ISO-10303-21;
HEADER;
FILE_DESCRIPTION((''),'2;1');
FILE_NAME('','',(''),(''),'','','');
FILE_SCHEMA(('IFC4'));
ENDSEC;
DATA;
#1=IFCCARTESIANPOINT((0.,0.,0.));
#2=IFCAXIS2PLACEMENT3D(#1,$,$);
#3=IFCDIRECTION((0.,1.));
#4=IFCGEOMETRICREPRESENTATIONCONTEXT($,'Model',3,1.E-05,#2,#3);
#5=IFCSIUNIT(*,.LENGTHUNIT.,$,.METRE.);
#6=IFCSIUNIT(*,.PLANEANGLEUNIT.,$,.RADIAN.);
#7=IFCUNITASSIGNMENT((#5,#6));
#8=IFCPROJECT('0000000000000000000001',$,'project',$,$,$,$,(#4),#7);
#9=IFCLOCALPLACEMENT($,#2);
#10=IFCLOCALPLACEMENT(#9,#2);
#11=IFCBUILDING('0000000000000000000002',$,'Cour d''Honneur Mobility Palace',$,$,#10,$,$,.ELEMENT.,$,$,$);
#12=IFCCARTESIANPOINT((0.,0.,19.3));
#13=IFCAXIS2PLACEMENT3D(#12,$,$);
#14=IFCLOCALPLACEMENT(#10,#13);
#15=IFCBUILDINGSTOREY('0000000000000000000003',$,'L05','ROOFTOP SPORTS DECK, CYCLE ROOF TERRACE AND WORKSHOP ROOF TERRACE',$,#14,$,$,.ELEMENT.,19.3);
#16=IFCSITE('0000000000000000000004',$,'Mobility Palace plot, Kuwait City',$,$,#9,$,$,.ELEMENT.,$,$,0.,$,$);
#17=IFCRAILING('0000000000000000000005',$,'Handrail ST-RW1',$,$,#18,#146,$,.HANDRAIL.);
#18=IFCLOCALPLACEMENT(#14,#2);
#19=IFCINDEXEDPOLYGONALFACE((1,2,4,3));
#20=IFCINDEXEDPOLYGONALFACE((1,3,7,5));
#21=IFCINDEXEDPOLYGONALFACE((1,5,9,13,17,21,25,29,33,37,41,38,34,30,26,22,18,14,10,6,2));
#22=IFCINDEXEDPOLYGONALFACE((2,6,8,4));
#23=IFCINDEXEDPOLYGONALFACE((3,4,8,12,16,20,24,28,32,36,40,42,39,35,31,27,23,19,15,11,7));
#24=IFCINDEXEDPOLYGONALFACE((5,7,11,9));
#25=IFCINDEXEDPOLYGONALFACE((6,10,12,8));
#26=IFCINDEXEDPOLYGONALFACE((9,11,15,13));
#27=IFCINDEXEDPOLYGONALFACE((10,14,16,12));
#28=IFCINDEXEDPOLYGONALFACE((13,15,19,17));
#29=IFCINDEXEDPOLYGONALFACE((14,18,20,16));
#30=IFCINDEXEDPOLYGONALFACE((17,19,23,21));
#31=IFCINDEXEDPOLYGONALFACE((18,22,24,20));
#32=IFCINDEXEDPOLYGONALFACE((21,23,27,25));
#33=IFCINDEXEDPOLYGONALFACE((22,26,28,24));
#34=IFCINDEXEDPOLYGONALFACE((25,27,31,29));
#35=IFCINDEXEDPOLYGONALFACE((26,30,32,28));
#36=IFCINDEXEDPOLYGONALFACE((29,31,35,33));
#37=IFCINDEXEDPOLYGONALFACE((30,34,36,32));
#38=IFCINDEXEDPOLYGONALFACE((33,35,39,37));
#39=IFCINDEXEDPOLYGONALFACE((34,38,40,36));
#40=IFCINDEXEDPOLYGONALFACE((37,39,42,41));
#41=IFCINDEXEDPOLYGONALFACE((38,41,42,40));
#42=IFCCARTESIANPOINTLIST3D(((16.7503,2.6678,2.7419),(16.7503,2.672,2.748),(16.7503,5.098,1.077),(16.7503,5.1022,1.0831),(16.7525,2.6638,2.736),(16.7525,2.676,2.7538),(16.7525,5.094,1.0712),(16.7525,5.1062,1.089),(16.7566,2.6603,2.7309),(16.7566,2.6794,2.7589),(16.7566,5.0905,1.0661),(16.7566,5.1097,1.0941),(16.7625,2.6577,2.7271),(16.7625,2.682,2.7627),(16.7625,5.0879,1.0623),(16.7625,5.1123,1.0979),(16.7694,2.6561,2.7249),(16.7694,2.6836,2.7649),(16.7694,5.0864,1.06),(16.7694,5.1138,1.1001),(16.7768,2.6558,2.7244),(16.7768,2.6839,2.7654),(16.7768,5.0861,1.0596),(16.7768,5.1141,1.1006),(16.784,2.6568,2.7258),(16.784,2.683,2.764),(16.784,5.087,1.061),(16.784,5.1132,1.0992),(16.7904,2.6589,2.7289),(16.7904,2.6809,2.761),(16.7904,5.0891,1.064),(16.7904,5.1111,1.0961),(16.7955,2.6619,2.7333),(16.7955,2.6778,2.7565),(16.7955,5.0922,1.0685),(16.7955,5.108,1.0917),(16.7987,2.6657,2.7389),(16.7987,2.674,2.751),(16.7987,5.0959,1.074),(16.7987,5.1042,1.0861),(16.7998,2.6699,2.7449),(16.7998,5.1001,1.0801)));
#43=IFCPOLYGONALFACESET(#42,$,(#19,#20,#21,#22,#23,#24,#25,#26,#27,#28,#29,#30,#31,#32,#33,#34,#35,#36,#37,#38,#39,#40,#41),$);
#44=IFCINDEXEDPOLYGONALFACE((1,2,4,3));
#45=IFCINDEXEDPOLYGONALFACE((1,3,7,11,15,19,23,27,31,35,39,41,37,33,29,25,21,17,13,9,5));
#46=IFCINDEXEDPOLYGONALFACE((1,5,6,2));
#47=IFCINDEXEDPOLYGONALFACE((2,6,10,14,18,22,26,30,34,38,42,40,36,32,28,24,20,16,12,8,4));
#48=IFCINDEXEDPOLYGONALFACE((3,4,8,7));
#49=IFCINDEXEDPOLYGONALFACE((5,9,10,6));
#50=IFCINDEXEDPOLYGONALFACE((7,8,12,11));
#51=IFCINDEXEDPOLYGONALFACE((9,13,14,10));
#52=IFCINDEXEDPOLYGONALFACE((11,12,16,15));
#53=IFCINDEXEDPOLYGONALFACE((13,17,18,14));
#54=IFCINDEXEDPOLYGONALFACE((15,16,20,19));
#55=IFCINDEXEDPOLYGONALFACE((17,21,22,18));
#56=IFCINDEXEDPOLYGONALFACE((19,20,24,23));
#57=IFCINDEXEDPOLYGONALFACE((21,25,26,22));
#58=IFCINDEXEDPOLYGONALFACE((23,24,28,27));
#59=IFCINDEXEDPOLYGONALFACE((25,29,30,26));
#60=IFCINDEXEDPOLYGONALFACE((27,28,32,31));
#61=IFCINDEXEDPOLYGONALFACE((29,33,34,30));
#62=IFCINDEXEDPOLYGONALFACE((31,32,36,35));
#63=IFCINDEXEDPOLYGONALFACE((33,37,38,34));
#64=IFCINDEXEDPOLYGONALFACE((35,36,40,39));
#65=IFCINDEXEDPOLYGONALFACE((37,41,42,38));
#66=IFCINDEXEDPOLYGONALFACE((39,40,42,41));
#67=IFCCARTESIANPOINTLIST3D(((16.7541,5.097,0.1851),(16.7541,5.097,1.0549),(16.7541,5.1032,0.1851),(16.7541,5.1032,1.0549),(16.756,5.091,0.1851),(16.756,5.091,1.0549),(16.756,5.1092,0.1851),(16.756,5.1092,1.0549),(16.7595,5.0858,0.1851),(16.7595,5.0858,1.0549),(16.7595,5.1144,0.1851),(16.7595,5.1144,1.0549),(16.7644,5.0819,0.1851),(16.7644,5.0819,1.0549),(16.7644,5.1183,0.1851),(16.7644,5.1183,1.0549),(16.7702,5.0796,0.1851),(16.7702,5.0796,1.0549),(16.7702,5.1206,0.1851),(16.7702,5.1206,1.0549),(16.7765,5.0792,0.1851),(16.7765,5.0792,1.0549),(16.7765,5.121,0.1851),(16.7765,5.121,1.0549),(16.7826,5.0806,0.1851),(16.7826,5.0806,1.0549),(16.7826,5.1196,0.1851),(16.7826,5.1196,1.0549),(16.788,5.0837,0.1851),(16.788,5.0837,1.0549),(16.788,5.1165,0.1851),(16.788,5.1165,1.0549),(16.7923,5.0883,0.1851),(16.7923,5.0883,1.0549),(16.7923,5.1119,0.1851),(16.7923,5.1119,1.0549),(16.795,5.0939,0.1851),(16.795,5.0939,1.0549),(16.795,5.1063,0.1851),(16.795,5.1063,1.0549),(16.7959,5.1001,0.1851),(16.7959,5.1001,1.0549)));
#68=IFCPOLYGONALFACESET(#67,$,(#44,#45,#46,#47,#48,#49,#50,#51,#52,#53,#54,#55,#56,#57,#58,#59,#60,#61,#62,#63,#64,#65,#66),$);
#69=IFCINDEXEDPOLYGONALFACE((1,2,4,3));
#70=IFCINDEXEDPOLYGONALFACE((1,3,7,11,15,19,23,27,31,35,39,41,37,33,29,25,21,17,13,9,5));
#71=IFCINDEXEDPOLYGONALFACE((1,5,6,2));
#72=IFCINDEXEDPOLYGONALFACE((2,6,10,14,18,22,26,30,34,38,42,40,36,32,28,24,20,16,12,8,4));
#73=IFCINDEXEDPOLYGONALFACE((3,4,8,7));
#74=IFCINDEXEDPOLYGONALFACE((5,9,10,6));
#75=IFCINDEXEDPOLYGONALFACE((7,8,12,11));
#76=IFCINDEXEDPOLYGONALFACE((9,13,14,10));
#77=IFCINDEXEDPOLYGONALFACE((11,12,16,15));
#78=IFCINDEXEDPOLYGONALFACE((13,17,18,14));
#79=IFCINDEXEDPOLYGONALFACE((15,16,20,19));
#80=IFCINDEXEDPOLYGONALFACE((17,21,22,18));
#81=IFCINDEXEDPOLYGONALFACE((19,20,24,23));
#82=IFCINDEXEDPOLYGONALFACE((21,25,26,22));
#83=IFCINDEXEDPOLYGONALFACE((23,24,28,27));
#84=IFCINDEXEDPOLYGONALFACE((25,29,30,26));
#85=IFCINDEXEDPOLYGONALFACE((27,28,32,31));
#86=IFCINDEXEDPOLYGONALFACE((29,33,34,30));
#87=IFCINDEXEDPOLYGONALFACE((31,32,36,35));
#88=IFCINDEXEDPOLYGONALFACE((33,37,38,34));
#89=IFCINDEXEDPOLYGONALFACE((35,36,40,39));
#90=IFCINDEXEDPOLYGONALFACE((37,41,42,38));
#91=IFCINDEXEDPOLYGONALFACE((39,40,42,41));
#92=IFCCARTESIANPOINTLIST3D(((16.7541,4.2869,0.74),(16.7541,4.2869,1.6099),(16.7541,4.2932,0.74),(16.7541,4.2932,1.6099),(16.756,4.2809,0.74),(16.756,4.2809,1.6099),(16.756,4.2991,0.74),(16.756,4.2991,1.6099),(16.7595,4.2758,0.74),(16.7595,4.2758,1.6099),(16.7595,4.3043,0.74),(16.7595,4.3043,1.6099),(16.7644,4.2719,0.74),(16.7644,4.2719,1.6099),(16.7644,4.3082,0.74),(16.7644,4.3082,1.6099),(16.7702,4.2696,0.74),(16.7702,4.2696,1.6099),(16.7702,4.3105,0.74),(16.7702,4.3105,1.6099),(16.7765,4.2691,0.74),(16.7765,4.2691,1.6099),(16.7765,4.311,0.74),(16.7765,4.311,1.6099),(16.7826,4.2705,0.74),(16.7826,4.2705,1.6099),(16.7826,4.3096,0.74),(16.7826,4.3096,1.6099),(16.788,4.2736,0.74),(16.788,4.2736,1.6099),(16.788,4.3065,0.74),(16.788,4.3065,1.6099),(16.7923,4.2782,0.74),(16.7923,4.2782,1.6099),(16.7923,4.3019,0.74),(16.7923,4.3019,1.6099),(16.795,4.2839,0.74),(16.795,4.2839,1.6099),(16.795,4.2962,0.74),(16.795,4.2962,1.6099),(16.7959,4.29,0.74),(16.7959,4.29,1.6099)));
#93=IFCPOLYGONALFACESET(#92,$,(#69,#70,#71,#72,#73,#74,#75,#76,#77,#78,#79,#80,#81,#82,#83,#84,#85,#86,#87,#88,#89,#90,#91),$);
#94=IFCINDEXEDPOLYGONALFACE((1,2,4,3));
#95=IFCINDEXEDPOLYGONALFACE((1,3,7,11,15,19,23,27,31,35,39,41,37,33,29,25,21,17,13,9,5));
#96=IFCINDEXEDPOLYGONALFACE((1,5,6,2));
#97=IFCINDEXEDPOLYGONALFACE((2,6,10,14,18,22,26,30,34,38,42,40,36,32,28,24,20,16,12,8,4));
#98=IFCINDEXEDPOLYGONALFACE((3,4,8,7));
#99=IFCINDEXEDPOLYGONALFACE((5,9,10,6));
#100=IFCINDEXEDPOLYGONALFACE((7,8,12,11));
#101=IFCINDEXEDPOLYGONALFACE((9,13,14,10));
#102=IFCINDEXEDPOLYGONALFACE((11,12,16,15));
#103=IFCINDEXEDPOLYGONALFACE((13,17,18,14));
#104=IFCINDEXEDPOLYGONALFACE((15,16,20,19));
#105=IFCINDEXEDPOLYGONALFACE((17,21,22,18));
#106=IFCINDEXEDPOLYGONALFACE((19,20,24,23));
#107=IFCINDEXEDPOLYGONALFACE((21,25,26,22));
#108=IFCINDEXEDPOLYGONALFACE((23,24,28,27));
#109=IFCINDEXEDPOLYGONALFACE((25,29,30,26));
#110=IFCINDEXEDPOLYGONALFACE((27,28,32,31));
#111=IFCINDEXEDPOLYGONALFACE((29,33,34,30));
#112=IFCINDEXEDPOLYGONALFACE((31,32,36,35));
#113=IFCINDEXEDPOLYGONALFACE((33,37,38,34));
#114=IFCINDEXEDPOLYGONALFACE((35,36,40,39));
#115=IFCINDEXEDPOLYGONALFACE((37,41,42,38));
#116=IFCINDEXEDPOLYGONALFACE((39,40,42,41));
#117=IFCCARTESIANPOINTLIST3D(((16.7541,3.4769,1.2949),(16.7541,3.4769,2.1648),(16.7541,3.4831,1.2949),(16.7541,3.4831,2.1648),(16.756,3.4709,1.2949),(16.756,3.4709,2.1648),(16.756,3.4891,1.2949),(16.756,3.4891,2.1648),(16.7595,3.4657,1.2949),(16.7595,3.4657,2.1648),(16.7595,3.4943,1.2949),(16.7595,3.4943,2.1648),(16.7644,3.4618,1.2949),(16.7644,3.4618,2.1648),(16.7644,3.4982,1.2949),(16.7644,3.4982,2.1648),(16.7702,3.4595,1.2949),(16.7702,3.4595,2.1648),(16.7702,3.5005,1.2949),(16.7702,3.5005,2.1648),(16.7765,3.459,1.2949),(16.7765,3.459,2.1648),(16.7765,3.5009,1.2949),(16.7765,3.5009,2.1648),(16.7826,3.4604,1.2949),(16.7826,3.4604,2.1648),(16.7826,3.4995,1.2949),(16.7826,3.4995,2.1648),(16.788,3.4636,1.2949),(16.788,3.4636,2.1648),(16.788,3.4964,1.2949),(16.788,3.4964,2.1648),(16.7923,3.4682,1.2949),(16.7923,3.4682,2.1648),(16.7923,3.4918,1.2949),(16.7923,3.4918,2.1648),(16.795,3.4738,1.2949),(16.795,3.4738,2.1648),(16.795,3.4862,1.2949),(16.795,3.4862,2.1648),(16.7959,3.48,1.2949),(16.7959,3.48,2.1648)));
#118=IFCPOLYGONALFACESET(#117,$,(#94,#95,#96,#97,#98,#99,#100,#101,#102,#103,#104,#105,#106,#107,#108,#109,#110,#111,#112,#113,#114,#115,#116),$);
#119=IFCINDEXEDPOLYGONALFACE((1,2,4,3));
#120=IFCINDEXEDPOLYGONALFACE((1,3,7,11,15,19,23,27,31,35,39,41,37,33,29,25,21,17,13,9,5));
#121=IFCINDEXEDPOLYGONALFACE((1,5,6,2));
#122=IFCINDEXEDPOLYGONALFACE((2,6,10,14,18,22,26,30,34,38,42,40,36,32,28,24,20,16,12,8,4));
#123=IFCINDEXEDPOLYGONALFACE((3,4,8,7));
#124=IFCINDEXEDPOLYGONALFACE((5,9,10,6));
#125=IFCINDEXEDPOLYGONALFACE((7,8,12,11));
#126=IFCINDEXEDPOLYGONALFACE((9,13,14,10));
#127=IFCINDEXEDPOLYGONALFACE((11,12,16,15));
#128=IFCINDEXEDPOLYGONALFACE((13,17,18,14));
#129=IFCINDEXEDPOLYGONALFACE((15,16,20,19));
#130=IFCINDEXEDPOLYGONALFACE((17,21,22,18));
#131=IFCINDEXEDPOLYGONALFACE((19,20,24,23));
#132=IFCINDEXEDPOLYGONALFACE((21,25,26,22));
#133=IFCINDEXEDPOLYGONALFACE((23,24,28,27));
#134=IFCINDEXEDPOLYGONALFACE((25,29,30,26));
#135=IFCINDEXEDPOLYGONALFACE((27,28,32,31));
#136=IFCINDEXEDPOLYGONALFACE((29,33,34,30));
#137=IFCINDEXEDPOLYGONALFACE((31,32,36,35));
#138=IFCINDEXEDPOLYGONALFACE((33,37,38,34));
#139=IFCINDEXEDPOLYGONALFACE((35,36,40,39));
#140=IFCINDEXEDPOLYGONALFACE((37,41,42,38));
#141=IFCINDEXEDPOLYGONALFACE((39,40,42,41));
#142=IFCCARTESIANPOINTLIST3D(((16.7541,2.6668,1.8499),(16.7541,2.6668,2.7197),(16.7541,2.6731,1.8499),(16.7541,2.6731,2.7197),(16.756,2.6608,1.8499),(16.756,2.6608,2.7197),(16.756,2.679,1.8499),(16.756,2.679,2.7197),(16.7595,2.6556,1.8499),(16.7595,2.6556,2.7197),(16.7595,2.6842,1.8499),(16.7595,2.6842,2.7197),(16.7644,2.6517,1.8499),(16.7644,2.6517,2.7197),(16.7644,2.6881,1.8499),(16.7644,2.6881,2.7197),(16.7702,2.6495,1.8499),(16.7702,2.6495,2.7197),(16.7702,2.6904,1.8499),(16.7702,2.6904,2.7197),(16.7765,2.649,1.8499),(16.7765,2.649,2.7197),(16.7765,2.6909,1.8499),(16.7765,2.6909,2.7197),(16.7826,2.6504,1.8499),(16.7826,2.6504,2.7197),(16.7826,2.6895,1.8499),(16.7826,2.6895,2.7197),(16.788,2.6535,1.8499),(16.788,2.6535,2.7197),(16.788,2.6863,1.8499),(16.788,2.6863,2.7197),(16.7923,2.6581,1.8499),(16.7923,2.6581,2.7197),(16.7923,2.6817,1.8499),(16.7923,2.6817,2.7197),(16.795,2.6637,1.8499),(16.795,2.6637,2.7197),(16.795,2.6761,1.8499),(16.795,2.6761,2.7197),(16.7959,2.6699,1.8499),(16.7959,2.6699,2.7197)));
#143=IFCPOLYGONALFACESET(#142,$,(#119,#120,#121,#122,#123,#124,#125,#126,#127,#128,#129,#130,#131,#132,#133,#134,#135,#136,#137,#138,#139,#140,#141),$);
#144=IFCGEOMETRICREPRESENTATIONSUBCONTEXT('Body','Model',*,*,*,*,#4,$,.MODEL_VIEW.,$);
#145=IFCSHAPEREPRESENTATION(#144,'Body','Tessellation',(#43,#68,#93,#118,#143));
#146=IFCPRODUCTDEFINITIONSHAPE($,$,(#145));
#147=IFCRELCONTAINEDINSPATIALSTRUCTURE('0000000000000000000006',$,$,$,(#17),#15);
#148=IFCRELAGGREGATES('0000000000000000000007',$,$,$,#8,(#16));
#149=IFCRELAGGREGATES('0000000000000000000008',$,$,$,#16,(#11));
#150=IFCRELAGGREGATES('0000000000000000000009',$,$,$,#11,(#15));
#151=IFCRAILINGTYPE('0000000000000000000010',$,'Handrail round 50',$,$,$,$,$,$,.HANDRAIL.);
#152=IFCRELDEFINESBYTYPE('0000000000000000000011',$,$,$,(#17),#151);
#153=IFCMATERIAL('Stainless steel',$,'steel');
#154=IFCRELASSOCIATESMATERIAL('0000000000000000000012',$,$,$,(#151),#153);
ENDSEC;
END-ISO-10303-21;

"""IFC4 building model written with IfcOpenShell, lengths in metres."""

from ifc_helpers import new_model, si_unit, direction, frame, origin, origin_2d, place, context, subcontext, project, spatial, circle, extrude, material, type_object, element, save


model = new_model("IFC4")

# Units and contexts
model_context = context("Model", 3, precision=1e-05, world=origin(), true_north=direction((0.0, 1.0)))
body_context = subcontext(model_context, "Body", "Model", "MODEL_VIEW")
ifc_project = project(units=[si_unit("LENGTHUNIT", "METRE"), si_unit("PLANEANGLEUNIT", "RADIAN")], contexts=[model_context])

# Site, building, storey
site_placement = place(None, origin())
site = spatial("IfcSite", under=ifc_project, at=site_placement, Name="Mobility Palace plot, Kuwait City", CompositionType="ELEMENT", RefElevation=0.0)
building_placement = place(site_placement, origin())
building = spatial("IfcBuilding", under=site, at=building_placement, Name="Cour d'Honneur Mobility Palace", CompositionType="ELEMENT")
storey_placement = place(building_placement, frame((0.0, 0.0, 19.3)))
storey = spatial("IfcBuildingStorey", under=building, at=storey_placement, Name="L05", Description="ROOFTOP SPORTS DECK, CYCLE ROOF TERRACE AND WORKSHOP ROOF TERRACE", CompositionType="ELEMENT", Elevation=19.3)

# Railing
ifc_material_1 = material(Name="Stainless steel", Category="steel")
railing_type_1 = type_object("IfcRailingType", Name="Handrail round 50", PredefinedType="HANDRAIL", material=ifc_material_1)
for number, where, name in (
    (1, (16.7749, 5.1001, 0.1851), "Handrail ST-RW1"),
):
    element("IfcRailing", number, at=place(storey_placement, frame(where)), inside=storey, type_object=railing_type_1, Name=name, PredefinedType="HANDRAIL", context=body_context, shape_type="SweptSolid", body=[
        extrude(circle(Radius=0.0249, at=origin_2d()), frame((0.0, 0.0, 0.895), z_axis=(0.0, -0.824984, 0.565156), x_axis=(1.0, 0.0, 0.0)), (0.0, 0.0, 1.0), 2.9458),
        extrude(circle(Radius=0.021, at=origin_2d()), origin(), (0.0, 0.0, 1.0), 0.8699),
        extrude(circle(Radius=0.021, at=origin_2d()), frame((0.0, -0.8101, 0.5549)), (0.0, 0.0, 1.0), 0.8699),
        extrude(circle(Radius=0.021, at=origin_2d()), frame((0.0, -1.6201, 1.1099)), (0.0, 0.0, 1.0), 0.8699),
        extrude(circle(Radius=0.021, at=origin_2d()), frame((0.0, -2.4302, 1.6648)), (0.0, 0.0, 1.0), 0.8699),
    ])

save(model, "model.ifc")
